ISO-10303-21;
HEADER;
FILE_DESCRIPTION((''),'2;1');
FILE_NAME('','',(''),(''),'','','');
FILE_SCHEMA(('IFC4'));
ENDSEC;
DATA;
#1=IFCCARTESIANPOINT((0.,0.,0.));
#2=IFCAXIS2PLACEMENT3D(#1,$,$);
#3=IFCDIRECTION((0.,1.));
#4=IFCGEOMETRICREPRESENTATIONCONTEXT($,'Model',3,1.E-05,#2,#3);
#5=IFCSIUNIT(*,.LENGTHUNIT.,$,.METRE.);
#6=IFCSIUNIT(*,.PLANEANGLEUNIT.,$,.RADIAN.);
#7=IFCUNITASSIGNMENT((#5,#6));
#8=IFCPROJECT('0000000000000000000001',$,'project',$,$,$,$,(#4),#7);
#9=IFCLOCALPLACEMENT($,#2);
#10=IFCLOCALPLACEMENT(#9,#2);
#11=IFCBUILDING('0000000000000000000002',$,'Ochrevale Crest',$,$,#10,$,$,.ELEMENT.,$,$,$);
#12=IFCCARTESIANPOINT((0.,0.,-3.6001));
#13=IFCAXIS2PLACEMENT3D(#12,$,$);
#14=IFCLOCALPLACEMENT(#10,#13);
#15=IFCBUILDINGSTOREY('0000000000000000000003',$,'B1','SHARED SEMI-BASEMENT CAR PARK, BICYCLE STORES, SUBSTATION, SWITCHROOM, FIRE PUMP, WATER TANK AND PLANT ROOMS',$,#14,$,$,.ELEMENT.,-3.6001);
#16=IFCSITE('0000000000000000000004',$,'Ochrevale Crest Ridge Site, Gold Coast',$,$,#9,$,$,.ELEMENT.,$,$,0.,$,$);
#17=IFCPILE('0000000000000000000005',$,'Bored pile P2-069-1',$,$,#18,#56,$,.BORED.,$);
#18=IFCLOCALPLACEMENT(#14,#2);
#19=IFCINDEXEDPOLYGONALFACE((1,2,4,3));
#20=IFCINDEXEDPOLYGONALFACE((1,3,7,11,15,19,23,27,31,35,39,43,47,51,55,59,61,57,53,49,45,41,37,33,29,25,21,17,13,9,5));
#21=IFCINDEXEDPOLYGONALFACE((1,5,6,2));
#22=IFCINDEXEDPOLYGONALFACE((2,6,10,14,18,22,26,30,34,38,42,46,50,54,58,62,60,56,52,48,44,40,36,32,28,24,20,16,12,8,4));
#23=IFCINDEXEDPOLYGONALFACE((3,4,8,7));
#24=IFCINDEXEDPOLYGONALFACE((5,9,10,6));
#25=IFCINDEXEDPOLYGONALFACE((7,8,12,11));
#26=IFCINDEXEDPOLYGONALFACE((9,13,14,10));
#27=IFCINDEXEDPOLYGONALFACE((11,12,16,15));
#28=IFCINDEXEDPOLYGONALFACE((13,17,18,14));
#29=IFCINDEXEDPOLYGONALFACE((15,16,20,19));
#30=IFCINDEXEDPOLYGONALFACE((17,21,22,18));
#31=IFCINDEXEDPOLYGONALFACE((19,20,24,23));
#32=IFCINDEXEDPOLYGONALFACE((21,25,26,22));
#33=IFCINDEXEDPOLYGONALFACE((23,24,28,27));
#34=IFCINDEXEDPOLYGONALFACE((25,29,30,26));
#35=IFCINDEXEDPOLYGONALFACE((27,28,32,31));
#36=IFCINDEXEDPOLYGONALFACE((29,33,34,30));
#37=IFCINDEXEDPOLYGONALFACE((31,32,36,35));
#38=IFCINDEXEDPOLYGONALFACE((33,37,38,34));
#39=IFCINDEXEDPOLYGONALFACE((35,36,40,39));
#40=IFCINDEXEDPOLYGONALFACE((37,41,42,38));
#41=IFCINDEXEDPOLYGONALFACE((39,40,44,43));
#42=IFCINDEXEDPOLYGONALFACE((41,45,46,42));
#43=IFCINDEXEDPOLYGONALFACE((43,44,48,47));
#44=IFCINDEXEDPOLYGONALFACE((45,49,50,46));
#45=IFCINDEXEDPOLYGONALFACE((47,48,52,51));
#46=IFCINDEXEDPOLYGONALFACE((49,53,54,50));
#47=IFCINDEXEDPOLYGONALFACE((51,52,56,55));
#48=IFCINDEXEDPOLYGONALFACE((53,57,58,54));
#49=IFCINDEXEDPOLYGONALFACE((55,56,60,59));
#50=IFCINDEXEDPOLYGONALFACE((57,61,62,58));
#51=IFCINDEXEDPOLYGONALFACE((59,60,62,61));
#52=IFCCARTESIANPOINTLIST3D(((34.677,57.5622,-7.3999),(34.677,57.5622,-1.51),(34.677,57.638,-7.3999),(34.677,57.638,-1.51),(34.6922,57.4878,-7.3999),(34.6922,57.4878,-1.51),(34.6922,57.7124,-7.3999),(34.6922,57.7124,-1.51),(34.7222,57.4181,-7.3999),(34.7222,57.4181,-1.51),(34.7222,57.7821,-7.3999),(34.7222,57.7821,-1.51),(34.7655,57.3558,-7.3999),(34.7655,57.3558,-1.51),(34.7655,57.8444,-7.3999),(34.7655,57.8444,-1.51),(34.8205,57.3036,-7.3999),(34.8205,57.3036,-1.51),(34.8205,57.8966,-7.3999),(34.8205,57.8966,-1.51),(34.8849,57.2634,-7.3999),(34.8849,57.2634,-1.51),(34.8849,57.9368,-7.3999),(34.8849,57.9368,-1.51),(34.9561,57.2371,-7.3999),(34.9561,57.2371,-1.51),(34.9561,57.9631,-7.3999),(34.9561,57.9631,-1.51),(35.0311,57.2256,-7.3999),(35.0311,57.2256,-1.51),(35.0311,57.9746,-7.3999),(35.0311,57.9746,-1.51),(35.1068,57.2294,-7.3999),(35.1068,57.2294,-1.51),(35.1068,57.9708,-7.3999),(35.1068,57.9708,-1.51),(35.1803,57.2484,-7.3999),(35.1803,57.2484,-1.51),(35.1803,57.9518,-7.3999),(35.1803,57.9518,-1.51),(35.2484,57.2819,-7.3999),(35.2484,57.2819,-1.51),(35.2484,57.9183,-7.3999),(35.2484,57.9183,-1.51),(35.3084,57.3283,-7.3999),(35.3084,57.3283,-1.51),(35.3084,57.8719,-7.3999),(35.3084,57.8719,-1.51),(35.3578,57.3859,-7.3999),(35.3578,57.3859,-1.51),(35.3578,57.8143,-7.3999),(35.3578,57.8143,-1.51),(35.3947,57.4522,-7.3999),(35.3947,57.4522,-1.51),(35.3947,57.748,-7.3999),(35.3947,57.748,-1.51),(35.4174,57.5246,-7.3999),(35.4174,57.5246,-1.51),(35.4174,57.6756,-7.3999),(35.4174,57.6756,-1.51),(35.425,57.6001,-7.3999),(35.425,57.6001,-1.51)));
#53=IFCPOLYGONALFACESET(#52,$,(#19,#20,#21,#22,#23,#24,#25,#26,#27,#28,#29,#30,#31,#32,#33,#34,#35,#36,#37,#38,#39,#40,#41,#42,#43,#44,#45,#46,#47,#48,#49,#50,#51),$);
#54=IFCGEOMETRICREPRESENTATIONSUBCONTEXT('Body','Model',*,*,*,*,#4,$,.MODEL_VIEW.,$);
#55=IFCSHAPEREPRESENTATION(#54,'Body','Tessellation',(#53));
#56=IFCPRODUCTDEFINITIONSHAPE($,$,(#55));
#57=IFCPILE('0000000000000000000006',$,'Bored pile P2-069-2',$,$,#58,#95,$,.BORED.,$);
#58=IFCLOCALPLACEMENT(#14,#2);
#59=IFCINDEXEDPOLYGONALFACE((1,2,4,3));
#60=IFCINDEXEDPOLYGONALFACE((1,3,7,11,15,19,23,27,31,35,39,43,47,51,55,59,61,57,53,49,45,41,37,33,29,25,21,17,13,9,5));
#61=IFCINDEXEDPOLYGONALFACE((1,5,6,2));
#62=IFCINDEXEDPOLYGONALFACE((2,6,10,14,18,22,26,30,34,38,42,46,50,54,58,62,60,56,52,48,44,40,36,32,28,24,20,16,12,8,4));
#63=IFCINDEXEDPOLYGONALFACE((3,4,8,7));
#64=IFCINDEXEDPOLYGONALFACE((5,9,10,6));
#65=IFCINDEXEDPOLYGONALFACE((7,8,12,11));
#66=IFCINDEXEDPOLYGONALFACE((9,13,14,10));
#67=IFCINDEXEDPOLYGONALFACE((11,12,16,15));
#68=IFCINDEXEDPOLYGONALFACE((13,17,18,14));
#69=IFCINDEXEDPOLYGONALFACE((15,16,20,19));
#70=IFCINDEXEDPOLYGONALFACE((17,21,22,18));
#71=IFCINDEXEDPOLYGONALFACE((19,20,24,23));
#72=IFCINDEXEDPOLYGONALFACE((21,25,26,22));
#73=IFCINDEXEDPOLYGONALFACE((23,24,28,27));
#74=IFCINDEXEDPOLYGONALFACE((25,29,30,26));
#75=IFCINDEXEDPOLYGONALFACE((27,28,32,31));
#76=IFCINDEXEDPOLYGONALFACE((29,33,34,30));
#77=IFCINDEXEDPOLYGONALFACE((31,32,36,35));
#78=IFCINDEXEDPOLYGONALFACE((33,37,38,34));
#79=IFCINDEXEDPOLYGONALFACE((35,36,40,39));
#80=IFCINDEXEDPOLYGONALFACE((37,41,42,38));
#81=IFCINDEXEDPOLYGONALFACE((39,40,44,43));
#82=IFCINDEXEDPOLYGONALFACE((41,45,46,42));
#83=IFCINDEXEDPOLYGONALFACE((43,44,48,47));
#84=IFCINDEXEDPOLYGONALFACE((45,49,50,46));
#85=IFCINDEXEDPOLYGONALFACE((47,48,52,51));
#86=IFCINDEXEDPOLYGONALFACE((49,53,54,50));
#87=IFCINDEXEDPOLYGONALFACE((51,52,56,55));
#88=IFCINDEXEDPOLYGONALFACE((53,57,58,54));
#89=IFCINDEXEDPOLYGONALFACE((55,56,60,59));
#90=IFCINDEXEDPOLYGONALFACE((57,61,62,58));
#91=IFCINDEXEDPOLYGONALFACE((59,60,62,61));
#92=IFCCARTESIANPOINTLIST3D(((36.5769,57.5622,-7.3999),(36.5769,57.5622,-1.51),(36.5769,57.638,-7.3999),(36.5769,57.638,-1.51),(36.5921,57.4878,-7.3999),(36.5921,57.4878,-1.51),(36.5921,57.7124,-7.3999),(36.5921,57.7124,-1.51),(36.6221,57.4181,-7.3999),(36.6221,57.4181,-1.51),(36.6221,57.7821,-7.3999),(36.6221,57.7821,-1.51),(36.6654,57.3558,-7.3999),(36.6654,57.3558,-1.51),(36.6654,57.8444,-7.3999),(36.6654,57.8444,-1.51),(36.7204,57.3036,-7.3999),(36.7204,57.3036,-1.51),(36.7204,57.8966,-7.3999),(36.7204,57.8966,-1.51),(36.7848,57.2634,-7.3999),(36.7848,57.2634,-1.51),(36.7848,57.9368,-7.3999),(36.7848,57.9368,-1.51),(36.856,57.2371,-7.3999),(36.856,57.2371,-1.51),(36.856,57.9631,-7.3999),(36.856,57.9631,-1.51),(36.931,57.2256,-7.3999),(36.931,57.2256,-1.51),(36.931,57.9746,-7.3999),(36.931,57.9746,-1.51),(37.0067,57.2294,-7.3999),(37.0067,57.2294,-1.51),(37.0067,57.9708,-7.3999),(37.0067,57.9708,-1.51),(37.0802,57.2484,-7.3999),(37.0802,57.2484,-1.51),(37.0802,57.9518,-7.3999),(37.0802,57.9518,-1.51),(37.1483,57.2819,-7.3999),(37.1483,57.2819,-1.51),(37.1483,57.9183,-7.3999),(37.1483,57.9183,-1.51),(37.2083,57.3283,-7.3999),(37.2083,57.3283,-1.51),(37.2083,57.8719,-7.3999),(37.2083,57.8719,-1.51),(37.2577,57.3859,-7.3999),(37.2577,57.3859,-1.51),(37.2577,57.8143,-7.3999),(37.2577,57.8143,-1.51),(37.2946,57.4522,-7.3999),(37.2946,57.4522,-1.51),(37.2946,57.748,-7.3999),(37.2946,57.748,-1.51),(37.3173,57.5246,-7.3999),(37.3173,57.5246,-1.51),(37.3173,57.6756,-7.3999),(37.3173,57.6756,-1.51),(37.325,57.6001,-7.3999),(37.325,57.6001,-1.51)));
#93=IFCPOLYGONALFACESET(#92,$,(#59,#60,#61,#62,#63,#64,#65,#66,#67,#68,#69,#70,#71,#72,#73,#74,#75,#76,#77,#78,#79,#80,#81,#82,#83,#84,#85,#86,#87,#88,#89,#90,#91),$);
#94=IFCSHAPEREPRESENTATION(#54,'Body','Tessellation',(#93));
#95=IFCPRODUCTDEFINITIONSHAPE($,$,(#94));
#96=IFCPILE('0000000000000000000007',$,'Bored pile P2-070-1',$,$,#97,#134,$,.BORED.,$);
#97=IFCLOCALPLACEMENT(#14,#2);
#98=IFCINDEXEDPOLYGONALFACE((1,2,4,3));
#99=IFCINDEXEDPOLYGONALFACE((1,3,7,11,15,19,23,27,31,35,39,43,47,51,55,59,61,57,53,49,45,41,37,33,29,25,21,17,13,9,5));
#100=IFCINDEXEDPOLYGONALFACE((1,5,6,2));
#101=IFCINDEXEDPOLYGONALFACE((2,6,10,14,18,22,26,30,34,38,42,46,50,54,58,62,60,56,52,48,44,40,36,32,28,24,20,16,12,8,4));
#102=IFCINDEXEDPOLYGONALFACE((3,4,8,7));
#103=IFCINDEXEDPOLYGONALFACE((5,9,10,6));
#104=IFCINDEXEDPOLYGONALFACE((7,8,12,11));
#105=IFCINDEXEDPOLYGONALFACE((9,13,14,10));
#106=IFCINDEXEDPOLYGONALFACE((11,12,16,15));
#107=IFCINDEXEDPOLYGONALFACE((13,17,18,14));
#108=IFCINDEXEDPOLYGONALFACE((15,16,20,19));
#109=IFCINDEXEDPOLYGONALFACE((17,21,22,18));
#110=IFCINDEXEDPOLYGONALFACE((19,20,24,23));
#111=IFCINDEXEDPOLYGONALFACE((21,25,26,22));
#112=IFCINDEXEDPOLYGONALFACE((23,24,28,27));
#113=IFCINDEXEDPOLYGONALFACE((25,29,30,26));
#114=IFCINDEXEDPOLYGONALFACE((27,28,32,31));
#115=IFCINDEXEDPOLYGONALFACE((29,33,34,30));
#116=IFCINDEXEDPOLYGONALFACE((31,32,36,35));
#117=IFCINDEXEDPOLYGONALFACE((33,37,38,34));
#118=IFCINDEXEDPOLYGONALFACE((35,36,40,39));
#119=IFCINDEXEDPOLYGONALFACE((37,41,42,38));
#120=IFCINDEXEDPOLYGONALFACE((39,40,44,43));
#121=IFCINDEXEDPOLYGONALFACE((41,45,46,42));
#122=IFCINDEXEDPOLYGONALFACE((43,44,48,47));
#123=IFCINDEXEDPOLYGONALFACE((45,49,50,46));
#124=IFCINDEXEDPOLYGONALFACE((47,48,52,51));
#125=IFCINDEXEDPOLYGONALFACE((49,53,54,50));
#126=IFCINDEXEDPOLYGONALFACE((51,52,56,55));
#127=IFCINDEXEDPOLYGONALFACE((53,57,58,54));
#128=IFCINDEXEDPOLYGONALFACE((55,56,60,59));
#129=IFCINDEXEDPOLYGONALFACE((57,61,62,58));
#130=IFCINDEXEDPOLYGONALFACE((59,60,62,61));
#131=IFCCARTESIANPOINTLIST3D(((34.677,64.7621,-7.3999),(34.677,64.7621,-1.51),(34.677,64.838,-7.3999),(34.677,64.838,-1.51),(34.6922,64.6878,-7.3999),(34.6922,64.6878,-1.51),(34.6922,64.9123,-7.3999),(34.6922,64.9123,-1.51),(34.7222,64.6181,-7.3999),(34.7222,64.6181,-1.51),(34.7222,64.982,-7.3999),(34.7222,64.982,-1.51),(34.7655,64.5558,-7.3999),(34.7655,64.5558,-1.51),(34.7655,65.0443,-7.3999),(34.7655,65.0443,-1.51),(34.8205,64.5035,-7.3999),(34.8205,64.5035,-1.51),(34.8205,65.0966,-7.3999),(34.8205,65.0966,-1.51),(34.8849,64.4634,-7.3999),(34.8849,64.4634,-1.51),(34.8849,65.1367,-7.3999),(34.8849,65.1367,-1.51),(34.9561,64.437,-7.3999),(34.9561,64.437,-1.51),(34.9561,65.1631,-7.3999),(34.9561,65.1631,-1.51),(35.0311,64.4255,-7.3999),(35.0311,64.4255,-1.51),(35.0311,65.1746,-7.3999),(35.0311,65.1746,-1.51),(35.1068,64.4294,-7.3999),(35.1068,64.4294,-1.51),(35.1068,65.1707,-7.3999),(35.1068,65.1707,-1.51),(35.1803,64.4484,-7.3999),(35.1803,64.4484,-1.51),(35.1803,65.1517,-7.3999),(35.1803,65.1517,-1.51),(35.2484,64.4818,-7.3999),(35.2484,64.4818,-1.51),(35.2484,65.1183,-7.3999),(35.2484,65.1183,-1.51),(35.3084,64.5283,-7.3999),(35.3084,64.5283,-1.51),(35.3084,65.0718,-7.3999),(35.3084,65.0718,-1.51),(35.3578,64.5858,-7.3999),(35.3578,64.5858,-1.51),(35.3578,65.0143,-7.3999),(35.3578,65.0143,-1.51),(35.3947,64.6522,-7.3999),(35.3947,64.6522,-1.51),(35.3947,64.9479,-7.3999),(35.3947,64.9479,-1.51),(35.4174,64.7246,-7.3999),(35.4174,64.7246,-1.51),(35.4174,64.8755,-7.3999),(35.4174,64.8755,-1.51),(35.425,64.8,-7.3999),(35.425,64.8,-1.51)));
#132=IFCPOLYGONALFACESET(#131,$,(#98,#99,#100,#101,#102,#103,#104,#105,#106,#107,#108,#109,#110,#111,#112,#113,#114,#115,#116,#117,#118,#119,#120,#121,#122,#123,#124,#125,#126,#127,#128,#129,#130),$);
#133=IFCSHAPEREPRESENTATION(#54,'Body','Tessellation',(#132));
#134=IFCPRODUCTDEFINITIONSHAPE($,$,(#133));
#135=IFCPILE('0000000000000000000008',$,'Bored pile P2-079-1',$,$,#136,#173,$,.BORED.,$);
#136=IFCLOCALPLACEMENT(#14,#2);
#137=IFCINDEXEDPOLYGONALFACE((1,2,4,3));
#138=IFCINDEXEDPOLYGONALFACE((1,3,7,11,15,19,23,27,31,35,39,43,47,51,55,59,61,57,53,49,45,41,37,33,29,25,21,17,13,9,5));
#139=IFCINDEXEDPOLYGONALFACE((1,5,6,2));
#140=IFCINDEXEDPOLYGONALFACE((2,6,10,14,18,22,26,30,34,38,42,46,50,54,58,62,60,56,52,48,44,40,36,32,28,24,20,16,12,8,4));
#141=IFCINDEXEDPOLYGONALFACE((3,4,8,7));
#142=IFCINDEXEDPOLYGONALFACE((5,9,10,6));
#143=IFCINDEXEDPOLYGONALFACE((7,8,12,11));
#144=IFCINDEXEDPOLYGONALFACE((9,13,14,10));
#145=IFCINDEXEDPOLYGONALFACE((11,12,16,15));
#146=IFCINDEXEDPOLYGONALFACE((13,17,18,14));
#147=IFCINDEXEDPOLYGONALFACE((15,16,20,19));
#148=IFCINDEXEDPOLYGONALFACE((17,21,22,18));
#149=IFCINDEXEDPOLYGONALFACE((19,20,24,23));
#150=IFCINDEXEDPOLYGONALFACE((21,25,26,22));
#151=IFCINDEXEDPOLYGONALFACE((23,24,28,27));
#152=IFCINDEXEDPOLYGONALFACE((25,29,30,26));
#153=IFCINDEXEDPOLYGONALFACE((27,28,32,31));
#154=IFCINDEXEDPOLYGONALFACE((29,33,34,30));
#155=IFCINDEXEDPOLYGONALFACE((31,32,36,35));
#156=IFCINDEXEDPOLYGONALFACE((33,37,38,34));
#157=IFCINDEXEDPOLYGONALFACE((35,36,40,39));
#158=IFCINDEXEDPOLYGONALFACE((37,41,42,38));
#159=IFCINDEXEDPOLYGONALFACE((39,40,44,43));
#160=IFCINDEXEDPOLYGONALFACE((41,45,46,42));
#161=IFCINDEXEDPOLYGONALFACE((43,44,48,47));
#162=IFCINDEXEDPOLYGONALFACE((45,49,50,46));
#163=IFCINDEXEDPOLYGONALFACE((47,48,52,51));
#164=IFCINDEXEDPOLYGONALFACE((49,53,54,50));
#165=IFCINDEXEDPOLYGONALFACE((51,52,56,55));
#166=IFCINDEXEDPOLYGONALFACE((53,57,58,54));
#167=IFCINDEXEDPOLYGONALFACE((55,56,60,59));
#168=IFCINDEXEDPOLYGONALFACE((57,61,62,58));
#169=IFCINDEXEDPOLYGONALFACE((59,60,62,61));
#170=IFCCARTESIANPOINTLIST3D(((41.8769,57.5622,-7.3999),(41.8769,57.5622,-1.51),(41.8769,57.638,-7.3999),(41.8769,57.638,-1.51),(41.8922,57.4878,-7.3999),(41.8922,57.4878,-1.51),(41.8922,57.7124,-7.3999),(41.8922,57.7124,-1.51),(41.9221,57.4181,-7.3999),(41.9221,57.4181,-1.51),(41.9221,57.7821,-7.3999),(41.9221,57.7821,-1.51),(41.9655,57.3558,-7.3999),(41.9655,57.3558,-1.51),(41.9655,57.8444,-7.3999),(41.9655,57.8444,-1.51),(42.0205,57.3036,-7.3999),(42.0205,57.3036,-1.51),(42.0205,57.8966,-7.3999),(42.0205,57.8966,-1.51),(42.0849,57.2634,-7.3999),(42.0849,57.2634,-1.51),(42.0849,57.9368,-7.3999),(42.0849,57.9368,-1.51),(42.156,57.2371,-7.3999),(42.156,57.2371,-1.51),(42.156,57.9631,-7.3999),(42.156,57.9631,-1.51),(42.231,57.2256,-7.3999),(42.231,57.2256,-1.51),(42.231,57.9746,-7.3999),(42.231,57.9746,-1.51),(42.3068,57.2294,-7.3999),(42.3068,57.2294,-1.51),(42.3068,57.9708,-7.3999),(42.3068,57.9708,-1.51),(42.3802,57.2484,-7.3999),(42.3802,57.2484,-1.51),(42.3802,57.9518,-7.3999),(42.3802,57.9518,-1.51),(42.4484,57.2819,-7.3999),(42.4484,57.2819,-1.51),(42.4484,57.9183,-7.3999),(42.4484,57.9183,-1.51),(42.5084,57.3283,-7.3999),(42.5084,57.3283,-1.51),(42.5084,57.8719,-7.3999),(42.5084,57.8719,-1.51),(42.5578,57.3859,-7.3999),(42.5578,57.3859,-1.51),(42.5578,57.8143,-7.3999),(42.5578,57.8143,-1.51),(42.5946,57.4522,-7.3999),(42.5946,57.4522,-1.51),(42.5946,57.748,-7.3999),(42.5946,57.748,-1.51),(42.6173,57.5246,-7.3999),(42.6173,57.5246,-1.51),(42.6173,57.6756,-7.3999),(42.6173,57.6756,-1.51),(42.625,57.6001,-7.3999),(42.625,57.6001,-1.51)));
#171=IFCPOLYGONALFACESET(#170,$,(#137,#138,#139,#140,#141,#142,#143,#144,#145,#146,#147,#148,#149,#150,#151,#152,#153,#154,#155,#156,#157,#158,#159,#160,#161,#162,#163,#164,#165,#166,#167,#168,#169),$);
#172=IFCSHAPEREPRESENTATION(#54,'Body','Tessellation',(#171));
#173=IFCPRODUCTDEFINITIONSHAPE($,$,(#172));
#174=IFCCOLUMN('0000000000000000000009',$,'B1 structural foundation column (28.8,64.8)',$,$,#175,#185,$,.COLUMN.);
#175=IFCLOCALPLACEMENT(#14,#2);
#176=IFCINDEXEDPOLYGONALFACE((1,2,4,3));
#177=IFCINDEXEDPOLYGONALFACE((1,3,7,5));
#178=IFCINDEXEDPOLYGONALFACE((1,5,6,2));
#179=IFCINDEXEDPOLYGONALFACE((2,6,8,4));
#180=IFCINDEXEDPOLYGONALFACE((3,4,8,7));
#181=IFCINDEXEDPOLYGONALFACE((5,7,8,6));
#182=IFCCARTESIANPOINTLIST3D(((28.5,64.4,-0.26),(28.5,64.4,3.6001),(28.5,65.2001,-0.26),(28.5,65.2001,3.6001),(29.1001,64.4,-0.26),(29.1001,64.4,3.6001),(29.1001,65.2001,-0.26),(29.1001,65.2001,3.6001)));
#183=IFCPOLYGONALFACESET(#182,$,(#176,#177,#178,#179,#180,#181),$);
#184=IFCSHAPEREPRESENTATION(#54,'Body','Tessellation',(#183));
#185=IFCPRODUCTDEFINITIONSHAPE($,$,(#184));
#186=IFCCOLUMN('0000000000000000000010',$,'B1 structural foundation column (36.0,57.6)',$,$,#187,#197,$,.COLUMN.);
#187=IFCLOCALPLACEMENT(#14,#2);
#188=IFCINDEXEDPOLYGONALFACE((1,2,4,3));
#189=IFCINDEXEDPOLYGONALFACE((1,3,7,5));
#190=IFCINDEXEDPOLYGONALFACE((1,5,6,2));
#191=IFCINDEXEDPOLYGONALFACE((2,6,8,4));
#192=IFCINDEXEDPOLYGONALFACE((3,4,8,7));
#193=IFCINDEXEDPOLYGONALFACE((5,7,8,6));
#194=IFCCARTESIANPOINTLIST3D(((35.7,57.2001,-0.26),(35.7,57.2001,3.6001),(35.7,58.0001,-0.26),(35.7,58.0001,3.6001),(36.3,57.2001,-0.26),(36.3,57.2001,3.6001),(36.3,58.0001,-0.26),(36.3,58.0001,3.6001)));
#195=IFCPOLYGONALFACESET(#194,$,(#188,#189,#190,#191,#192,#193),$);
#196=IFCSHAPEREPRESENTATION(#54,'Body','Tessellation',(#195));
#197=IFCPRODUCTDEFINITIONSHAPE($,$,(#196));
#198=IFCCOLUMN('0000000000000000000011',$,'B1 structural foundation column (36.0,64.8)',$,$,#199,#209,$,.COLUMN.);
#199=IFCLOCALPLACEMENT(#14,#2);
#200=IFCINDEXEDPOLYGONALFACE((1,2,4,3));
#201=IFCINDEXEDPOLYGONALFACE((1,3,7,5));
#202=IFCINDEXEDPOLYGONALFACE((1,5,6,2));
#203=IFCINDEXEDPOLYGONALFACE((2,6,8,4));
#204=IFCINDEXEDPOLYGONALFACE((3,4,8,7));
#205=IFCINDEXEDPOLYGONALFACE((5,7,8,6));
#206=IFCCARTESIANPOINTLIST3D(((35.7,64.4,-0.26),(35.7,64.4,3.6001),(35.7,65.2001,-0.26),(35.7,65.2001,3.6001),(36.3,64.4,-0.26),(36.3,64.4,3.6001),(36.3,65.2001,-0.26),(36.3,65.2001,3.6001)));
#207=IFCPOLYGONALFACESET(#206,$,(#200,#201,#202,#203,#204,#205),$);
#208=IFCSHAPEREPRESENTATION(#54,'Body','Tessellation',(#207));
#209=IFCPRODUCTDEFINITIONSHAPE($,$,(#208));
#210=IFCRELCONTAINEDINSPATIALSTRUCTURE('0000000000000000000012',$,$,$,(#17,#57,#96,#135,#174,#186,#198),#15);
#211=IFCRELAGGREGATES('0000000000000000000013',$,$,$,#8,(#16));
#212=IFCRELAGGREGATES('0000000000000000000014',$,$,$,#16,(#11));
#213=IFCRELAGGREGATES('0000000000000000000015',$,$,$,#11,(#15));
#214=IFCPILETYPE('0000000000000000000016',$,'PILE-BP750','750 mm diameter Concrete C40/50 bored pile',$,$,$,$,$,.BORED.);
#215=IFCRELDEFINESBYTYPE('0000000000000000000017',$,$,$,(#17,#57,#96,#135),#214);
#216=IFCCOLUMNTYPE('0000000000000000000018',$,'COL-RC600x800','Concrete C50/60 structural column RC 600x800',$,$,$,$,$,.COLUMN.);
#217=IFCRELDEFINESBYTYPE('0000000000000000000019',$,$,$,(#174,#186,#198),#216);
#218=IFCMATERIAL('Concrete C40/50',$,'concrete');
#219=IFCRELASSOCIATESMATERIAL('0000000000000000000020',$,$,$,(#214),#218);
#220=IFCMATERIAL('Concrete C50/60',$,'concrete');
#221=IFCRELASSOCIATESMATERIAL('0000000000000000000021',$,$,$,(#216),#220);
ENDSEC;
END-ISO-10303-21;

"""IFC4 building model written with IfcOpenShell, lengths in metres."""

from ifc_helpers import new_model, si_unit, direction, frame, origin, origin_2d, place, context, subcontext, project, spatial, rectangle, circle, extrude, material, material_profile, profile_set, type_object, element, save


model = new_model("IFC4")

# Units and contexts
model_context = context("Model", 3, precision=1e-05, world=origin(), true_north=direction((0.0, 1.0)))
body_context = subcontext(model_context, "Body", "Model", "MODEL_VIEW")
ifc_project = project(units=[si_unit("LENGTHUNIT", "METRE"), si_unit("PLANEANGLEUNIT", "RADIAN")], contexts=[model_context])

# Site, building, storey
site_placement = place(None, origin())
site = spatial("IfcSite", under=ifc_project, at=site_placement, Name="Ochrevale Crest Ridge Site, Gold Coast", CompositionType="ELEMENT", RefElevation=0.0)
building_placement = place(site_placement, origin())
building = spatial("IfcBuilding", under=site, at=building_placement, Name="Ochrevale Crest", CompositionType="ELEMENT")
storey_placement = place(building_placement, frame((0.0, 0.0, -3.6001)))
storey = spatial("IfcBuildingStorey", under=building, at=storey_placement, Name="B1", Description="SHARED SEMI-BASEMENT CAR PARK, BICYCLE STORES, SUBSTATION, SWITCHROOM, FIRE PUMP, WATER TANK AND PLANT ROOMS", CompositionType="ELEMENT", Elevation=-3.6001)

# Shared definitions
ifc_material_1 = material(Name="Concrete C40/50", Category="concrete")

# Piles
ifc_material_profile_1 = material_profile(ifc_material_1, circle(Radius=0.375, at=origin_2d()), Name="BORED PILE 750")
ifc_profile_set_1 = profile_set([ifc_material_profile_1], Name="Concrete C40/50")
pile_type = type_object("IfcPileType", Name="PILE-BP750", Description="750 mm diameter Concrete C40/50 bored pile", PredefinedType="BORED", material=ifc_profile_set_1)
for number, where, z_axis, x_axis, name in (
    (1, (35.05, 57.6001, -1.51), (0.0, 0.0, -1.0), (1.0, 0.0, 0.0), "Bored pile P2-069-1"),
    (2, (36.95, 57.6001, -1.51), (0.0, 0.0, -1.0), (1.0, 0.0, 0.0), "Bored pile P2-069-2"),
    (3, (35.05, 64.8, -1.51), (0.0, 0.0, -1.0), (1.0, 0.0, 0.0), "Bored pile P2-070-1"),
    (4, (42.25, 57.6001, -1.51), (0.0, 0.0, -1.0), (1.0, 0.0, 0.0), "Bored pile P2-079-1"),
):
    element("IfcPile", number, at=place(storey_placement, frame(where, z_axis=z_axis, x_axis=x_axis)), inside=storey, type_object=pile_type, Name=name, PredefinedType="BORED", context=body_context, shape_type="SweptSolid", body=[
        extrude(circle(Radius=0.375, at=origin_2d()), origin(), (0.0, 0.0, 1.0), 5.8899),
    ])

# Columns
ifc_material_2 = material(Name="Concrete C50/60", Category="concrete")
ifc_material_profile_2 = material_profile(ifc_material_2, rectangle(XDim=0.6001, YDim=0.8, at=origin_2d()), Name="RC 600x800")
ifc_profile_set_2 = profile_set([ifc_material_profile_2], Name="Concrete C50/60")
column_type = type_object("IfcColumnType", Name="COL-RC600x800", Description="Concrete C50/60 structural column RC 600x800", PredefinedType="COLUMN", material=ifc_profile_set_2)
for number, where, z_axis, x_axis, name in (
    (5, (28.8, 64.8, -0.26), (0.0, 0.0, 1.0), (1.0, 0.0, 0.0), "B1 structural foundation column (28.8,64.8)"),
    (6, (36.0, 57.6001, -0.26), (0.0, 0.0, 1.0), (1.0, 0.0, 0.0), "B1 structural foundation column (36.0,57.6)"),
    (7, (36.0, 64.8, -0.26), (0.0, 0.0, 1.0), (1.0, 0.0, 0.0), "B1 structural foundation column (36.0,64.8)"),
):
    element("IfcColumn", number, at=place(storey_placement, frame(where, z_axis=z_axis, x_axis=x_axis)), inside=storey, type_object=column_type, Name=name, PredefinedType="COLUMN", context=body_context, shape_type="SweptSolid", body=[
        extrude(rectangle(XDim=0.6001, YDim=0.8, at=origin_2d()), origin(), (0.0, 0.0, 1.0), 3.8601),
    ])

save(model, "model.ifc")
